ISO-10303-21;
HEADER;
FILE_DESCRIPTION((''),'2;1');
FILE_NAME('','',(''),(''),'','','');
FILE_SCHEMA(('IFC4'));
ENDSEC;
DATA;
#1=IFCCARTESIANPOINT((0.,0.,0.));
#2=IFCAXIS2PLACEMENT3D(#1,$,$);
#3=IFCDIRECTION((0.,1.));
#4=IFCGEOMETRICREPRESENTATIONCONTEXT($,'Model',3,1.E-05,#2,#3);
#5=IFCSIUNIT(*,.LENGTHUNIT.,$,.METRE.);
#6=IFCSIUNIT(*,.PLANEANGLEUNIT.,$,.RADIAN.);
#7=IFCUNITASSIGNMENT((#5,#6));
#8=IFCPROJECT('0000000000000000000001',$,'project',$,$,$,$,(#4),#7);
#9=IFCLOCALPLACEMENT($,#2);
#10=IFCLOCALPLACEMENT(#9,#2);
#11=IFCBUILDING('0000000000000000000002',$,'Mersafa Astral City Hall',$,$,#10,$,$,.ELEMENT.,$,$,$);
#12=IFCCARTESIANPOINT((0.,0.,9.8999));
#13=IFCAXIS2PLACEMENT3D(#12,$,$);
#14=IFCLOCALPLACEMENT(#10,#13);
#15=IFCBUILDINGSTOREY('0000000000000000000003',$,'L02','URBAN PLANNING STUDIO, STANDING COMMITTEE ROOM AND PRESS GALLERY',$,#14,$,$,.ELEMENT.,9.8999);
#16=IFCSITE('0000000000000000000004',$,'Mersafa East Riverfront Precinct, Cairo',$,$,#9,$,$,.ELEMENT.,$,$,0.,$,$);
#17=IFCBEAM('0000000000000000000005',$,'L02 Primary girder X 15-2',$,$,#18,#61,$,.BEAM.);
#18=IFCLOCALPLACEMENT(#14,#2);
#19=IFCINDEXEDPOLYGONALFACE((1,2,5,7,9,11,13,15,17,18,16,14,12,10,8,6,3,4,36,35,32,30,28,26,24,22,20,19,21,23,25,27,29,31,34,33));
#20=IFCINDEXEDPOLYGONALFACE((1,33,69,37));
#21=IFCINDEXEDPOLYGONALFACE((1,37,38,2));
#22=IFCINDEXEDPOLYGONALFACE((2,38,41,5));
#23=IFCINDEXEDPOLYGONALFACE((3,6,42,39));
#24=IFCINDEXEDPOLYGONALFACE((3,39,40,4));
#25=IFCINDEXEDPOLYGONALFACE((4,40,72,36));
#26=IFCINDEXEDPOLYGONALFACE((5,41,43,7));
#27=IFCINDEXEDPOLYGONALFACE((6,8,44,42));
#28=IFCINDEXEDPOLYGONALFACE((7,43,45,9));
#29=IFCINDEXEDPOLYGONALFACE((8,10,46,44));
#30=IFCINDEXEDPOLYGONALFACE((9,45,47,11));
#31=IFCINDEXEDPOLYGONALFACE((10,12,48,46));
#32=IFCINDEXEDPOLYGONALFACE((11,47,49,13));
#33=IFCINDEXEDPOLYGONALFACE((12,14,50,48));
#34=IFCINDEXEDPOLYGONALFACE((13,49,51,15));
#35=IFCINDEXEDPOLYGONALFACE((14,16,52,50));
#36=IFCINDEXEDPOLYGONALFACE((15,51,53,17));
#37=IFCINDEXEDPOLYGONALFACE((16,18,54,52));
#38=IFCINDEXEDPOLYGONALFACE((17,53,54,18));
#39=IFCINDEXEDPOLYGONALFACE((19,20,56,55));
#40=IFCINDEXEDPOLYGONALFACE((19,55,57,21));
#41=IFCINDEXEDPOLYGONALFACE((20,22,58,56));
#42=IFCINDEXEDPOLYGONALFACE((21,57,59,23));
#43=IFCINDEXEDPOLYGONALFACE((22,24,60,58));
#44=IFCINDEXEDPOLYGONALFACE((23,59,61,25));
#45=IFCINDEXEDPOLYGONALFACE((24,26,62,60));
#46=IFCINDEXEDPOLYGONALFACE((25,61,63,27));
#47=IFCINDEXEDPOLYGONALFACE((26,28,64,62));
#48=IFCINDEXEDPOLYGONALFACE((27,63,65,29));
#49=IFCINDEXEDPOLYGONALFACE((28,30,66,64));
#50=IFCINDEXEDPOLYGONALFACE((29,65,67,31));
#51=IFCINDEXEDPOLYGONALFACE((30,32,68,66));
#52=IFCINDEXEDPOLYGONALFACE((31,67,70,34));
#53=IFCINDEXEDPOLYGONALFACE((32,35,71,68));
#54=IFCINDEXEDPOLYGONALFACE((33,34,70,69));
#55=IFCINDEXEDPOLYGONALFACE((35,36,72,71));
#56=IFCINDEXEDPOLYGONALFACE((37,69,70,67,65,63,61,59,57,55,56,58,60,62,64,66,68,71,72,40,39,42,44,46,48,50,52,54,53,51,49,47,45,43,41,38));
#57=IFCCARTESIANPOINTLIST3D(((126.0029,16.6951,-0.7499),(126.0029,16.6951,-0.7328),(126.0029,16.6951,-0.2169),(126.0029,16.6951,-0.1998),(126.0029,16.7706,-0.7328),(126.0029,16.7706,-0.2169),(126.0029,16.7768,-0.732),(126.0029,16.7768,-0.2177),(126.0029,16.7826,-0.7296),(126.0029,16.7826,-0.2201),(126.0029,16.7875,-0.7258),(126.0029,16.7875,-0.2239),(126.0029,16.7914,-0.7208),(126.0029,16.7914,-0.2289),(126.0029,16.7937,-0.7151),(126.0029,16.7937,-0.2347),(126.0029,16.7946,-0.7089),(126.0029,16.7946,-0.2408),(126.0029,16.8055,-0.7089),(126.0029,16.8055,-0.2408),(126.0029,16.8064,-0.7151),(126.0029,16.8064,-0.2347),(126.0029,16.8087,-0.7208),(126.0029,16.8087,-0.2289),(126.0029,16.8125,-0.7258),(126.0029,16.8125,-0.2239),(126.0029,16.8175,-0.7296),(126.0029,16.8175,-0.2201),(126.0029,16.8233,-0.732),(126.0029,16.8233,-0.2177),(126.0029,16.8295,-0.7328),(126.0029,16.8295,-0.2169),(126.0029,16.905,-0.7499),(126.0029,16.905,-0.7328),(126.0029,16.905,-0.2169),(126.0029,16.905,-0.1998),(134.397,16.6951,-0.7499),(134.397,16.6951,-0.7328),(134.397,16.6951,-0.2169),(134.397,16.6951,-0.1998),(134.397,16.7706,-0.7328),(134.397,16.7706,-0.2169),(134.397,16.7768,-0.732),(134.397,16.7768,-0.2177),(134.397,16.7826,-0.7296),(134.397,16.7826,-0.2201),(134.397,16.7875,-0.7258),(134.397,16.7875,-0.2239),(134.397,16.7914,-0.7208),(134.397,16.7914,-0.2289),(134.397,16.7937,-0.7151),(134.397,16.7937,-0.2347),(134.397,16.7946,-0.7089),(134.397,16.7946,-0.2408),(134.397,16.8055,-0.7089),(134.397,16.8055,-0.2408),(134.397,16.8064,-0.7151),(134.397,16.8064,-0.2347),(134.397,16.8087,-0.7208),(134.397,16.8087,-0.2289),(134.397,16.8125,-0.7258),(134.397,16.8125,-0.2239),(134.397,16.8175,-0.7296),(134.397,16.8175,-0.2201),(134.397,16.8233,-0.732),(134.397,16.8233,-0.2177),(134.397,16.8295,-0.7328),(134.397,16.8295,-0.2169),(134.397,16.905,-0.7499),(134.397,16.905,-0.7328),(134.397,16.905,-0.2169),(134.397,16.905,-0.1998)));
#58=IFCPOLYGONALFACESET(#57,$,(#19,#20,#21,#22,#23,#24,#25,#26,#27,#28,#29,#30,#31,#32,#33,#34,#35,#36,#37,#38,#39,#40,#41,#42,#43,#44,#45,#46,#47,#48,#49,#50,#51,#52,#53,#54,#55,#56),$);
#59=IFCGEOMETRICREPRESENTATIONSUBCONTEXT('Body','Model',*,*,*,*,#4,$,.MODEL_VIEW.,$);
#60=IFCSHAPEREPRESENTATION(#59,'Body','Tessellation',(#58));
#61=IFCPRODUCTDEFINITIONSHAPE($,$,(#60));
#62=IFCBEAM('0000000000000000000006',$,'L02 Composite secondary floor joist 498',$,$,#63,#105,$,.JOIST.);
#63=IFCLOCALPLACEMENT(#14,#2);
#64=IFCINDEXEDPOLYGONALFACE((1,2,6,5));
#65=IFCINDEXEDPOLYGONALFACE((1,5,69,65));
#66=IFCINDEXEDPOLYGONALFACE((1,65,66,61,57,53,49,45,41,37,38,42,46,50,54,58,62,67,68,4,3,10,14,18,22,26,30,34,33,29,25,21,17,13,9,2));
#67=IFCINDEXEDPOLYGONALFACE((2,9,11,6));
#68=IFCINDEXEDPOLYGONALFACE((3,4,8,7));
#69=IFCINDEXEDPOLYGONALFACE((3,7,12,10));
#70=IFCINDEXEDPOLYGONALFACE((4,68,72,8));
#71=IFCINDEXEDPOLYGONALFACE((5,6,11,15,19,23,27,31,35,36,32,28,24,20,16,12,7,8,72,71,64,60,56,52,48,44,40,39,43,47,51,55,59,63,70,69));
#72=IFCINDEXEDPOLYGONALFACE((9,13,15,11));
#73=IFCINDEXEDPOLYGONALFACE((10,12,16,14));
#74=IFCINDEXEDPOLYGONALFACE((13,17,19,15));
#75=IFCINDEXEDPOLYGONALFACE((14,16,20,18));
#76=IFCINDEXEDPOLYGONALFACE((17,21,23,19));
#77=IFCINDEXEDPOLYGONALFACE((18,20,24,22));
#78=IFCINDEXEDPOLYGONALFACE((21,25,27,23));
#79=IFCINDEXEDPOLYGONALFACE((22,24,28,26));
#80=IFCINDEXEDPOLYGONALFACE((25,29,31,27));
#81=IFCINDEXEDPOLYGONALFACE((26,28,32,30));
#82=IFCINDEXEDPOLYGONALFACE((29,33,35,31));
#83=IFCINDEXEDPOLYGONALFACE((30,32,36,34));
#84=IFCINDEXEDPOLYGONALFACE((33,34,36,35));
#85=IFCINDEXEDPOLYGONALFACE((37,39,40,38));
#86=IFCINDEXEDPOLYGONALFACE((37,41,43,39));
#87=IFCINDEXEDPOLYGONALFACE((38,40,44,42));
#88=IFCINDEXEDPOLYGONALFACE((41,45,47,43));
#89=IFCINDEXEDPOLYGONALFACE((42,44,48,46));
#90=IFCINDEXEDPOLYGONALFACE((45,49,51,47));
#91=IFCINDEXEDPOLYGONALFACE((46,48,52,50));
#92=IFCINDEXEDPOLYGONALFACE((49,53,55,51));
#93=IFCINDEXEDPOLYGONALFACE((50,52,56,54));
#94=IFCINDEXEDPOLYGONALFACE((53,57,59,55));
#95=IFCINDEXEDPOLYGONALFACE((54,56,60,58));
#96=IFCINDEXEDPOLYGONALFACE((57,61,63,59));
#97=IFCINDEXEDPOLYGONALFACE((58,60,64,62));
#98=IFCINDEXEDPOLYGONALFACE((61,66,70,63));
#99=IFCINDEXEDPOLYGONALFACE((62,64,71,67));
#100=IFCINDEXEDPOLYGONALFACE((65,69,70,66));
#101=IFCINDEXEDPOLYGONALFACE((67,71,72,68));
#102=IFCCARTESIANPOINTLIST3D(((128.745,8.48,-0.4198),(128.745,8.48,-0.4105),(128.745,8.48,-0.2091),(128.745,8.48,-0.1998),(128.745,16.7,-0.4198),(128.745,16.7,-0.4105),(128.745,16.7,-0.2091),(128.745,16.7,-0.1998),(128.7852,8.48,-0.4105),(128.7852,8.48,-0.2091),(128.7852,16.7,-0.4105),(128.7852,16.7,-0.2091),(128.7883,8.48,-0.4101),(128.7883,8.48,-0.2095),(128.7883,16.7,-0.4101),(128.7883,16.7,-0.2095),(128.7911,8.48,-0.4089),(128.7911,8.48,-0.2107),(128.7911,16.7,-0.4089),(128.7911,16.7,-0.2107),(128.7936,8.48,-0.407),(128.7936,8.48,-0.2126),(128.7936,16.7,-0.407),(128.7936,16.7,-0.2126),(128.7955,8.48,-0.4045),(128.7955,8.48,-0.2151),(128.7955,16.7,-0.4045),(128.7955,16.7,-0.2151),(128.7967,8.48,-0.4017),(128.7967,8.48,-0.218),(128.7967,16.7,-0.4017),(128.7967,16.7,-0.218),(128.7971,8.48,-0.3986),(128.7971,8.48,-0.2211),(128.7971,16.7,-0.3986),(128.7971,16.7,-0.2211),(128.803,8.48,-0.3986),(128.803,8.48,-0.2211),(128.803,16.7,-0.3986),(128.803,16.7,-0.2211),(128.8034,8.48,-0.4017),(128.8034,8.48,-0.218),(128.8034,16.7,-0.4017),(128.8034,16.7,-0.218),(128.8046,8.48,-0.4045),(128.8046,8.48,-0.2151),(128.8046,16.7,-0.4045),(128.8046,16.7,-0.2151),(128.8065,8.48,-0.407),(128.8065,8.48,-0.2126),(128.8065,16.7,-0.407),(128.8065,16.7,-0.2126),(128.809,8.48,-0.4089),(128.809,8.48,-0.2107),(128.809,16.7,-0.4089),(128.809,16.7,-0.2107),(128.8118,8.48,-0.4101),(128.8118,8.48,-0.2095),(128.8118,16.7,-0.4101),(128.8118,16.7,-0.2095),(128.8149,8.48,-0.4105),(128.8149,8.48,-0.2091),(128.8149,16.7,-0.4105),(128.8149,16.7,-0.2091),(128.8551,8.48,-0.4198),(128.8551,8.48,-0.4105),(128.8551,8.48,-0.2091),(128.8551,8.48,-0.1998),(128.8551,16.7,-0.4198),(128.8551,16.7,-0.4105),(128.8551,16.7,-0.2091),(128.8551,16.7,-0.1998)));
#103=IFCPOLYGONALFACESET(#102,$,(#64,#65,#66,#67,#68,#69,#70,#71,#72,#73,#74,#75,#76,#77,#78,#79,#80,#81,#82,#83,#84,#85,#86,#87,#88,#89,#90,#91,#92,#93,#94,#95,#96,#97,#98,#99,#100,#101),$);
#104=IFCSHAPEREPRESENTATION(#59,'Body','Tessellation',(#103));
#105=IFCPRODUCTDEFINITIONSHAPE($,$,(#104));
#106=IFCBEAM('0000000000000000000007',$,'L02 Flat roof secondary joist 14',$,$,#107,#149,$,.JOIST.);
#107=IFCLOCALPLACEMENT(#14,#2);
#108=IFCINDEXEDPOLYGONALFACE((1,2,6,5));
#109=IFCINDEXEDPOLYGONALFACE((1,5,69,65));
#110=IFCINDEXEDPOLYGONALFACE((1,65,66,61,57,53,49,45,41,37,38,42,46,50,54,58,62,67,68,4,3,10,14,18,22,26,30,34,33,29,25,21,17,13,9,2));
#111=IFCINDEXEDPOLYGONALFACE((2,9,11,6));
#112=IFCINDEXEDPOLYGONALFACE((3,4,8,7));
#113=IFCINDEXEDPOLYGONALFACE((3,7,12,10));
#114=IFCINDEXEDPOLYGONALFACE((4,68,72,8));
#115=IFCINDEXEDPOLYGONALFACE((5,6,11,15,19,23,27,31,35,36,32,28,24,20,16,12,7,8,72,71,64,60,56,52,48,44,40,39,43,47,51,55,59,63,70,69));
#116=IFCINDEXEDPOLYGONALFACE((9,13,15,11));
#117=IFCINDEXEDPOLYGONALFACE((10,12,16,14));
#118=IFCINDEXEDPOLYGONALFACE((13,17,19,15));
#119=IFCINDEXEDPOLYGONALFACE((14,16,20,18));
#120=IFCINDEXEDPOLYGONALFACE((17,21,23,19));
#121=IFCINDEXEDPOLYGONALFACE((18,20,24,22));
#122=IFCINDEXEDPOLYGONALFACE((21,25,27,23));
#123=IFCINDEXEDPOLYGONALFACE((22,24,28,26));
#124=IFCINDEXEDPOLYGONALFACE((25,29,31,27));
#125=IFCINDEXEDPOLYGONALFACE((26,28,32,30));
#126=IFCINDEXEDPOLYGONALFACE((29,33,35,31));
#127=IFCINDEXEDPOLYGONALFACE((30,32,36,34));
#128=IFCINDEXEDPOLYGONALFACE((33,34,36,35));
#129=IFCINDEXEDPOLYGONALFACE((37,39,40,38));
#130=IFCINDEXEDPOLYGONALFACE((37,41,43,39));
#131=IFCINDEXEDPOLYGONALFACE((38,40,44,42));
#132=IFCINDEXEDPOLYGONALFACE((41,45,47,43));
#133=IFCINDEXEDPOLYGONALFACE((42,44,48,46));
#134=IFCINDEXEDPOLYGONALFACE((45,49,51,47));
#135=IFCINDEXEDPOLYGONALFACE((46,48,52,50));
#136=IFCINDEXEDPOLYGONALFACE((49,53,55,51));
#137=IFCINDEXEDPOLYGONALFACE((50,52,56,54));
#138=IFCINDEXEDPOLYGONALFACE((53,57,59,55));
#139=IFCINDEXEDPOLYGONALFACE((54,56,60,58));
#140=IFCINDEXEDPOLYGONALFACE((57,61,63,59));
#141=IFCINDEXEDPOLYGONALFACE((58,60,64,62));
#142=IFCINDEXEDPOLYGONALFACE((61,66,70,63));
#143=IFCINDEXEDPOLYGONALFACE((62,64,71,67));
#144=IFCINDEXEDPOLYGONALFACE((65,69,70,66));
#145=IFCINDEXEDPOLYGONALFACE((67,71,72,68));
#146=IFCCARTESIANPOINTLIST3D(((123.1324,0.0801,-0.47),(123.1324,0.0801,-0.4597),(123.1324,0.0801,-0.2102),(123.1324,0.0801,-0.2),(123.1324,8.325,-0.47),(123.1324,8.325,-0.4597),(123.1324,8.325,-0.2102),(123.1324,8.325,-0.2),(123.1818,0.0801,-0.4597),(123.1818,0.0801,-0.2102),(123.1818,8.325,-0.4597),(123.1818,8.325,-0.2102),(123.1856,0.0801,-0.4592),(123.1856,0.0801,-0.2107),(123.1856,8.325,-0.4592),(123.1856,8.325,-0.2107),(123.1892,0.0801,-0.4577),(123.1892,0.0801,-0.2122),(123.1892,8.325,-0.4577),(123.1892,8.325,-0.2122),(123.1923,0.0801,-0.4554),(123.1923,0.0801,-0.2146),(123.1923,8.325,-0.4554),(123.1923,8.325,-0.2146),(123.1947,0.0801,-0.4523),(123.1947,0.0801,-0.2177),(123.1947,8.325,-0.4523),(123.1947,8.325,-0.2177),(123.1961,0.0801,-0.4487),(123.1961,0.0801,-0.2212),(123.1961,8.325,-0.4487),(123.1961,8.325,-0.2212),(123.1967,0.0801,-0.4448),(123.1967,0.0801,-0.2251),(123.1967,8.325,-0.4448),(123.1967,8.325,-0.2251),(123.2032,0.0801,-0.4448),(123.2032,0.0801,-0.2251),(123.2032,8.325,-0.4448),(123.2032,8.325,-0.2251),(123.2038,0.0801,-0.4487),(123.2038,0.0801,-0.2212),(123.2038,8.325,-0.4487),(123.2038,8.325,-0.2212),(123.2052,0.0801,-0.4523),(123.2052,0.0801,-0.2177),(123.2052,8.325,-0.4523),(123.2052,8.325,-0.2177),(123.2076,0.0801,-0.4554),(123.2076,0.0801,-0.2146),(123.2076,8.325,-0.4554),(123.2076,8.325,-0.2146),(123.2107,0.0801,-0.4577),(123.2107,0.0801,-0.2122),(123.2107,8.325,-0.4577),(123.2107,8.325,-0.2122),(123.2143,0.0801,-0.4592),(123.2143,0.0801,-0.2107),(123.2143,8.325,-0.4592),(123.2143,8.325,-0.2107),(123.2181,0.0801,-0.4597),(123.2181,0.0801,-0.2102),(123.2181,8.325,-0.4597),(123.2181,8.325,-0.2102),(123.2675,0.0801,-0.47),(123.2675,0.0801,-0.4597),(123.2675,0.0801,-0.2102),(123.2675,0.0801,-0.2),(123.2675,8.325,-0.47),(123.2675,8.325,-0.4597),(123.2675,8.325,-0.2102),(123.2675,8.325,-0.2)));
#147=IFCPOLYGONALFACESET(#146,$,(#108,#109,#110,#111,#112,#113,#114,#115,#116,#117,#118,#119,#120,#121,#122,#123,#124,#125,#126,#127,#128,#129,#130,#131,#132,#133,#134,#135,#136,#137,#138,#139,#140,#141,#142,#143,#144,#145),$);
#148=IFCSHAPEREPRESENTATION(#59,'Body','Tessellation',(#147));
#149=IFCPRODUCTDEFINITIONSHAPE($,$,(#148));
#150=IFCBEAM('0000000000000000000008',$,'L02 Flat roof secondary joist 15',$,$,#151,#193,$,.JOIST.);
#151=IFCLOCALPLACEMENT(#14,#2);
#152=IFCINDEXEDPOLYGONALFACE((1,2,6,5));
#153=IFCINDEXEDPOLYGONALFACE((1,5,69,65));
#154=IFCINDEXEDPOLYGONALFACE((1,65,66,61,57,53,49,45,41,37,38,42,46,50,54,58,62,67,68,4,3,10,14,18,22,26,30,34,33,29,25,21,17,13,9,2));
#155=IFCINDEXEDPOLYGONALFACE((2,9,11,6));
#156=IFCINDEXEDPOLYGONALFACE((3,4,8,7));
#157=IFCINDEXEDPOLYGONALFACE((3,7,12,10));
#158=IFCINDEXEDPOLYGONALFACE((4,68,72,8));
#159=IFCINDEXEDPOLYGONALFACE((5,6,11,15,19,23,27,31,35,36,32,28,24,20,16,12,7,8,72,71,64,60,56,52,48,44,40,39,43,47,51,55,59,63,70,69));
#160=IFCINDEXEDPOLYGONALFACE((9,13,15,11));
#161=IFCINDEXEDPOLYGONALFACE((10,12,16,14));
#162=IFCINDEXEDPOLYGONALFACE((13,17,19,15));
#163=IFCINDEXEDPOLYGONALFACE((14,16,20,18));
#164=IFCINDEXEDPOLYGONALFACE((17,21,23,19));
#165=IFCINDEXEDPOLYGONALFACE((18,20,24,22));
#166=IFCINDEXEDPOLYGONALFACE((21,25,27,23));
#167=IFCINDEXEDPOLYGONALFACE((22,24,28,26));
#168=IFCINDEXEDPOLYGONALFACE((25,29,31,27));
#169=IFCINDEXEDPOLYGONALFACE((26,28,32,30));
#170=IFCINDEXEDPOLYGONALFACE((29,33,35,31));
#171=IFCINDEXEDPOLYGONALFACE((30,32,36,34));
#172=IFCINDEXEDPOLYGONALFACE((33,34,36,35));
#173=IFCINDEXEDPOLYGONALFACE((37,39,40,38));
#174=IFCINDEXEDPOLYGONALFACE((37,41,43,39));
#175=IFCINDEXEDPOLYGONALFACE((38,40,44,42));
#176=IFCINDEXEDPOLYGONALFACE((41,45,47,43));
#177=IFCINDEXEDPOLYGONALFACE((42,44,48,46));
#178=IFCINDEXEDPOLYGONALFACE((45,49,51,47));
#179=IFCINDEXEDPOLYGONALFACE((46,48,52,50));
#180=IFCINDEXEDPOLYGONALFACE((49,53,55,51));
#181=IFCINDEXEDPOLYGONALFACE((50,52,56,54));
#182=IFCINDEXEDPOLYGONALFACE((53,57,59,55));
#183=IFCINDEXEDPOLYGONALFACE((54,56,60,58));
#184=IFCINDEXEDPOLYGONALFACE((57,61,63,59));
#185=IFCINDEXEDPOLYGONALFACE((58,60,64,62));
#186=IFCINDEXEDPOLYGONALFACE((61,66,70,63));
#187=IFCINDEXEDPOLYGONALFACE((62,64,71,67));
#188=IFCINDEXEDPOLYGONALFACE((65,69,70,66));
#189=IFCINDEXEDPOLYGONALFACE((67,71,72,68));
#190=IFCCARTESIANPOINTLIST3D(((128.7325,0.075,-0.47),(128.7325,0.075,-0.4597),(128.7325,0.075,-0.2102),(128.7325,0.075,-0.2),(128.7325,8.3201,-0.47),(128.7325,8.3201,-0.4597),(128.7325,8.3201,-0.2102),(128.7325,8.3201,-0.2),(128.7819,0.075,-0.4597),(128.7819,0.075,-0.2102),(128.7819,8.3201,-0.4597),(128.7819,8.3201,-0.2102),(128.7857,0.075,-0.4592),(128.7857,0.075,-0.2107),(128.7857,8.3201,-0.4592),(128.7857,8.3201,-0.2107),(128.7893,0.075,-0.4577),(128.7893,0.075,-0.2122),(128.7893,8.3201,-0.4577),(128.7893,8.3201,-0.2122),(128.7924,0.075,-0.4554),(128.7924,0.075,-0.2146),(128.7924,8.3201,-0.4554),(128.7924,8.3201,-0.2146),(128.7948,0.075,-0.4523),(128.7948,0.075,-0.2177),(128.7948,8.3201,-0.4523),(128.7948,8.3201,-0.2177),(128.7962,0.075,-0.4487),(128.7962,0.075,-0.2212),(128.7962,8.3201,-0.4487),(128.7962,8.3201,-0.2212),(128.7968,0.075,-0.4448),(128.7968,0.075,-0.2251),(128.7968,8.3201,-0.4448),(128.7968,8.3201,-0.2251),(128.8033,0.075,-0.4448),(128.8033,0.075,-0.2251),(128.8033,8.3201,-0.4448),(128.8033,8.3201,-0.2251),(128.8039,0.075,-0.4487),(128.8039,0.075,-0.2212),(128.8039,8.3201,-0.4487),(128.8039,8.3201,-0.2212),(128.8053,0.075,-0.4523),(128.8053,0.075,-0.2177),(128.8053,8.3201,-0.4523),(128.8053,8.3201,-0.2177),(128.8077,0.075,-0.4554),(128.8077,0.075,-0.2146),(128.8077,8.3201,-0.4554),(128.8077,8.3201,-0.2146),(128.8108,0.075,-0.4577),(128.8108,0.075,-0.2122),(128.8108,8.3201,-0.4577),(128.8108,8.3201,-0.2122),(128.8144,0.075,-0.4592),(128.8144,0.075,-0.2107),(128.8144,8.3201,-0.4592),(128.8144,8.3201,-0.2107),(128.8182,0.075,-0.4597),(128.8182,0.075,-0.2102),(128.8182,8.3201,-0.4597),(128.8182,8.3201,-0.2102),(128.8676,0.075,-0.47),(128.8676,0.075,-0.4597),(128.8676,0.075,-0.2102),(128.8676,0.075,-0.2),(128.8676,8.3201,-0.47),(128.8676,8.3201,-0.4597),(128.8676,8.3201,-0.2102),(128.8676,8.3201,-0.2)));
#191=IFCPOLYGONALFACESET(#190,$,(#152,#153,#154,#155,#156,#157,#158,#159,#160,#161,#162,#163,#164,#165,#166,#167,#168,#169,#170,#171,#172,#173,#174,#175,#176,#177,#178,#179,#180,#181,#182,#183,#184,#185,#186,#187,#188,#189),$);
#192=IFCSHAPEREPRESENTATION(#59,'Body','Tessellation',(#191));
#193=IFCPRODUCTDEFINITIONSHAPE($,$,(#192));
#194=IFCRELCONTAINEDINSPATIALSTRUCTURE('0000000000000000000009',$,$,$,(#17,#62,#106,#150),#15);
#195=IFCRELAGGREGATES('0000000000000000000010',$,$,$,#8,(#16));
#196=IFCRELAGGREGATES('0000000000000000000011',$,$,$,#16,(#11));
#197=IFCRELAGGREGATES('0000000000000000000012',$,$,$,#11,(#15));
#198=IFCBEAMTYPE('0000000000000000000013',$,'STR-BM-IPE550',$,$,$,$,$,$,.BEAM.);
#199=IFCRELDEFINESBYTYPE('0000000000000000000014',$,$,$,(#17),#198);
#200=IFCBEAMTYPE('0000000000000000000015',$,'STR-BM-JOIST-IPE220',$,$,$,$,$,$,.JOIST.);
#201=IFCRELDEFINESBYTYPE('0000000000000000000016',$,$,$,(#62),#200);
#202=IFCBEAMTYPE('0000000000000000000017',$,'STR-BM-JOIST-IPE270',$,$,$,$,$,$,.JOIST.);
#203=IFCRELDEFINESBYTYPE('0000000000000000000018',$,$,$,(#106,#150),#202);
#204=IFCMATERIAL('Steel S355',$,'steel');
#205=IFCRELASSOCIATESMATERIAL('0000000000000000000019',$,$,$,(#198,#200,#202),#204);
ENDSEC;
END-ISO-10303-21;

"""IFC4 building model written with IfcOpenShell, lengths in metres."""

from ifc_helpers import new_model, si_unit, direction, frame, origin, origin_2d, place, context, subcontext, project, spatial, i_section, extrude, material, material_profile, profile_set, type_object, element, save


model = new_model("IFC4")

# Units and contexts
model_context = context("Model", 3, precision=1e-05, world=origin(), true_north=direction((0.0, 1.0)))
body_context = subcontext(model_context, "Body", "Model", "MODEL_VIEW")
ifc_project = project(units=[si_unit("LENGTHUNIT", "METRE"), si_unit("PLANEANGLEUNIT", "RADIAN")], contexts=[model_context])

# Site, building, storey
site_placement = place(None, origin())
site = spatial("IfcSite", under=ifc_project, at=site_placement, Name="Mersafa East Riverfront Precinct, Cairo", CompositionType="ELEMENT", RefElevation=0.0)
building_placement = place(site_placement, origin())
building = spatial("IfcBuilding", under=site, at=building_placement, Name="Mersafa Astral City Hall", CompositionType="ELEMENT")
storey_placement = place(building_placement, frame((0.0, 0.0, 9.8999)))
storey = spatial("IfcBuildingStorey", under=building, at=storey_placement, Name="L02", Description="URBAN PLANNING STUDIO, STANDING COMMITTEE ROOM AND PRESS GALLERY", CompositionType="ELEMENT", Elevation=9.8999)

# Shared definitions
ifc_material_1 = material(Name="Steel S355", Category="steel")

# Beams
ifc_material_profile_1 = material_profile(ifc_material_1, i_section(OverallWidth=0.21, OverallDepth=0.55, WebThickness=0.011, FlangeThickness=0.0171, FilletRadius=0.0239, at=origin_2d()), Name="IPE 550")
ifc_profile_set_1 = profile_set([ifc_material_profile_1], Name="Steel S355")
beam_type_1 = type_object("IfcBeamType", Name="STR-BM-IPE550", PredefinedType="BEAM", material=ifc_profile_set_1)
beam_1_placement = place(storey_placement, frame((126.0029, 16.8, -0.4749), z_axis=(1.0, 0.0, 0.0), x_axis=(0.0, 1.0, 0.0)))
element("IfcBeam", 1, at=beam_1_placement, inside=storey, type_object=beam_type_1, Name="L02 Primary girder X 15-2", PredefinedType="BEAM", context=body_context, shape_type="SweptSolid", body=[
    extrude(i_section(OverallWidth=0.21, OverallDepth=0.55, WebThickness=0.011, FlangeThickness=0.0171, FilletRadius=0.0239, at=origin_2d()), origin(), (0.0, 0.0, 1.0), 8.394),
])
ifc_material_profile_2 = material_profile(ifc_material_1, i_section(OverallWidth=0.1101, OverallDepth=0.22, WebThickness=0.0059, FlangeThickness=0.0093, FilletRadius=0.012, at=origin_2d()), Name="IPE 220")
ifc_profile_set_2 = profile_set([ifc_material_profile_2], Name="Steel S355")
beam_type_2 = type_object("IfcBeamType", Name="STR-BM-JOIST-IPE220", PredefinedType="JOIST", material=ifc_profile_set_2)
beam_2_placement = place(storey_placement, frame((128.8, 8.48, -0.3098), z_axis=(0.0, 1.0, 0.0), x_axis=(-1.0, 0.0, 0.0)))
element("IfcBeam", 2, at=beam_2_placement, inside=storey, type_object=beam_type_2, Name="L02 Composite secondary floor joist 498", PredefinedType="JOIST", context=body_context, shape_type="SweptSolid", body=[
    extrude(i_section(OverallWidth=0.1101, OverallDepth=0.22, WebThickness=0.0059, FlangeThickness=0.0093, FilletRadius=0.012, at=origin_2d()), origin(), (0.0, 0.0, 1.0), 8.22),
])
ifc_material_profile_3 = material_profile(ifc_material_1, i_section(OverallWidth=0.135, OverallDepth=0.27, WebThickness=0.0066, FlangeThickness=0.0103, FilletRadius=0.0149, at=origin_2d()), Name="IPE 270")
ifc_profile_set_3 = profile_set([ifc_material_profile_3], Name="Steel S355")
beam_type_3 = type_object("IfcBeamType", Name="STR-BM-JOIST-IPE270", PredefinedType="JOIST", material=ifc_profile_set_3)
beam_3_placement = place(storey_placement, frame((123.2, 0.0801, -0.335), z_axis=(0.0, 1.0, 0.0), x_axis=(-1.0, 0.0, 0.0)))
element("IfcBeam", 3, at=beam_3_placement, inside=storey, type_object=beam_type_3, Name="L02 Flat roof secondary joist 14", PredefinedType="JOIST", context=body_context, shape_type="SweptSolid", body=[
    extrude(i_section(OverallWidth=0.135, OverallDepth=0.27, WebThickness=0.0066, FlangeThickness=0.0103, FilletRadius=0.0149, at=origin_2d()), origin(), (0.0, 0.0, 1.0), 8.2449),
])
beam_4_placement = place(storey_placement, frame((128.8, 0.075, -0.335), z_axis=(0.0, 1.0, 0.0), x_axis=(-1.0, 0.0, 0.0)))
element("IfcBeam", 4, at=beam_4_placement, inside=storey, type_object=beam_type_3, Name="L02 Flat roof secondary joist 15", PredefinedType="JOIST", context=body_context, shape_type="SweptSolid", body=[
    extrude(i_section(OverallWidth=0.135, OverallDepth=0.27, WebThickness=0.0066, FlangeThickness=0.0103, FilletRadius=0.0149, at=origin_2d()), origin(), (0.0, 0.0, 1.0), 8.2451),
])

save(model, "model.ifc")
